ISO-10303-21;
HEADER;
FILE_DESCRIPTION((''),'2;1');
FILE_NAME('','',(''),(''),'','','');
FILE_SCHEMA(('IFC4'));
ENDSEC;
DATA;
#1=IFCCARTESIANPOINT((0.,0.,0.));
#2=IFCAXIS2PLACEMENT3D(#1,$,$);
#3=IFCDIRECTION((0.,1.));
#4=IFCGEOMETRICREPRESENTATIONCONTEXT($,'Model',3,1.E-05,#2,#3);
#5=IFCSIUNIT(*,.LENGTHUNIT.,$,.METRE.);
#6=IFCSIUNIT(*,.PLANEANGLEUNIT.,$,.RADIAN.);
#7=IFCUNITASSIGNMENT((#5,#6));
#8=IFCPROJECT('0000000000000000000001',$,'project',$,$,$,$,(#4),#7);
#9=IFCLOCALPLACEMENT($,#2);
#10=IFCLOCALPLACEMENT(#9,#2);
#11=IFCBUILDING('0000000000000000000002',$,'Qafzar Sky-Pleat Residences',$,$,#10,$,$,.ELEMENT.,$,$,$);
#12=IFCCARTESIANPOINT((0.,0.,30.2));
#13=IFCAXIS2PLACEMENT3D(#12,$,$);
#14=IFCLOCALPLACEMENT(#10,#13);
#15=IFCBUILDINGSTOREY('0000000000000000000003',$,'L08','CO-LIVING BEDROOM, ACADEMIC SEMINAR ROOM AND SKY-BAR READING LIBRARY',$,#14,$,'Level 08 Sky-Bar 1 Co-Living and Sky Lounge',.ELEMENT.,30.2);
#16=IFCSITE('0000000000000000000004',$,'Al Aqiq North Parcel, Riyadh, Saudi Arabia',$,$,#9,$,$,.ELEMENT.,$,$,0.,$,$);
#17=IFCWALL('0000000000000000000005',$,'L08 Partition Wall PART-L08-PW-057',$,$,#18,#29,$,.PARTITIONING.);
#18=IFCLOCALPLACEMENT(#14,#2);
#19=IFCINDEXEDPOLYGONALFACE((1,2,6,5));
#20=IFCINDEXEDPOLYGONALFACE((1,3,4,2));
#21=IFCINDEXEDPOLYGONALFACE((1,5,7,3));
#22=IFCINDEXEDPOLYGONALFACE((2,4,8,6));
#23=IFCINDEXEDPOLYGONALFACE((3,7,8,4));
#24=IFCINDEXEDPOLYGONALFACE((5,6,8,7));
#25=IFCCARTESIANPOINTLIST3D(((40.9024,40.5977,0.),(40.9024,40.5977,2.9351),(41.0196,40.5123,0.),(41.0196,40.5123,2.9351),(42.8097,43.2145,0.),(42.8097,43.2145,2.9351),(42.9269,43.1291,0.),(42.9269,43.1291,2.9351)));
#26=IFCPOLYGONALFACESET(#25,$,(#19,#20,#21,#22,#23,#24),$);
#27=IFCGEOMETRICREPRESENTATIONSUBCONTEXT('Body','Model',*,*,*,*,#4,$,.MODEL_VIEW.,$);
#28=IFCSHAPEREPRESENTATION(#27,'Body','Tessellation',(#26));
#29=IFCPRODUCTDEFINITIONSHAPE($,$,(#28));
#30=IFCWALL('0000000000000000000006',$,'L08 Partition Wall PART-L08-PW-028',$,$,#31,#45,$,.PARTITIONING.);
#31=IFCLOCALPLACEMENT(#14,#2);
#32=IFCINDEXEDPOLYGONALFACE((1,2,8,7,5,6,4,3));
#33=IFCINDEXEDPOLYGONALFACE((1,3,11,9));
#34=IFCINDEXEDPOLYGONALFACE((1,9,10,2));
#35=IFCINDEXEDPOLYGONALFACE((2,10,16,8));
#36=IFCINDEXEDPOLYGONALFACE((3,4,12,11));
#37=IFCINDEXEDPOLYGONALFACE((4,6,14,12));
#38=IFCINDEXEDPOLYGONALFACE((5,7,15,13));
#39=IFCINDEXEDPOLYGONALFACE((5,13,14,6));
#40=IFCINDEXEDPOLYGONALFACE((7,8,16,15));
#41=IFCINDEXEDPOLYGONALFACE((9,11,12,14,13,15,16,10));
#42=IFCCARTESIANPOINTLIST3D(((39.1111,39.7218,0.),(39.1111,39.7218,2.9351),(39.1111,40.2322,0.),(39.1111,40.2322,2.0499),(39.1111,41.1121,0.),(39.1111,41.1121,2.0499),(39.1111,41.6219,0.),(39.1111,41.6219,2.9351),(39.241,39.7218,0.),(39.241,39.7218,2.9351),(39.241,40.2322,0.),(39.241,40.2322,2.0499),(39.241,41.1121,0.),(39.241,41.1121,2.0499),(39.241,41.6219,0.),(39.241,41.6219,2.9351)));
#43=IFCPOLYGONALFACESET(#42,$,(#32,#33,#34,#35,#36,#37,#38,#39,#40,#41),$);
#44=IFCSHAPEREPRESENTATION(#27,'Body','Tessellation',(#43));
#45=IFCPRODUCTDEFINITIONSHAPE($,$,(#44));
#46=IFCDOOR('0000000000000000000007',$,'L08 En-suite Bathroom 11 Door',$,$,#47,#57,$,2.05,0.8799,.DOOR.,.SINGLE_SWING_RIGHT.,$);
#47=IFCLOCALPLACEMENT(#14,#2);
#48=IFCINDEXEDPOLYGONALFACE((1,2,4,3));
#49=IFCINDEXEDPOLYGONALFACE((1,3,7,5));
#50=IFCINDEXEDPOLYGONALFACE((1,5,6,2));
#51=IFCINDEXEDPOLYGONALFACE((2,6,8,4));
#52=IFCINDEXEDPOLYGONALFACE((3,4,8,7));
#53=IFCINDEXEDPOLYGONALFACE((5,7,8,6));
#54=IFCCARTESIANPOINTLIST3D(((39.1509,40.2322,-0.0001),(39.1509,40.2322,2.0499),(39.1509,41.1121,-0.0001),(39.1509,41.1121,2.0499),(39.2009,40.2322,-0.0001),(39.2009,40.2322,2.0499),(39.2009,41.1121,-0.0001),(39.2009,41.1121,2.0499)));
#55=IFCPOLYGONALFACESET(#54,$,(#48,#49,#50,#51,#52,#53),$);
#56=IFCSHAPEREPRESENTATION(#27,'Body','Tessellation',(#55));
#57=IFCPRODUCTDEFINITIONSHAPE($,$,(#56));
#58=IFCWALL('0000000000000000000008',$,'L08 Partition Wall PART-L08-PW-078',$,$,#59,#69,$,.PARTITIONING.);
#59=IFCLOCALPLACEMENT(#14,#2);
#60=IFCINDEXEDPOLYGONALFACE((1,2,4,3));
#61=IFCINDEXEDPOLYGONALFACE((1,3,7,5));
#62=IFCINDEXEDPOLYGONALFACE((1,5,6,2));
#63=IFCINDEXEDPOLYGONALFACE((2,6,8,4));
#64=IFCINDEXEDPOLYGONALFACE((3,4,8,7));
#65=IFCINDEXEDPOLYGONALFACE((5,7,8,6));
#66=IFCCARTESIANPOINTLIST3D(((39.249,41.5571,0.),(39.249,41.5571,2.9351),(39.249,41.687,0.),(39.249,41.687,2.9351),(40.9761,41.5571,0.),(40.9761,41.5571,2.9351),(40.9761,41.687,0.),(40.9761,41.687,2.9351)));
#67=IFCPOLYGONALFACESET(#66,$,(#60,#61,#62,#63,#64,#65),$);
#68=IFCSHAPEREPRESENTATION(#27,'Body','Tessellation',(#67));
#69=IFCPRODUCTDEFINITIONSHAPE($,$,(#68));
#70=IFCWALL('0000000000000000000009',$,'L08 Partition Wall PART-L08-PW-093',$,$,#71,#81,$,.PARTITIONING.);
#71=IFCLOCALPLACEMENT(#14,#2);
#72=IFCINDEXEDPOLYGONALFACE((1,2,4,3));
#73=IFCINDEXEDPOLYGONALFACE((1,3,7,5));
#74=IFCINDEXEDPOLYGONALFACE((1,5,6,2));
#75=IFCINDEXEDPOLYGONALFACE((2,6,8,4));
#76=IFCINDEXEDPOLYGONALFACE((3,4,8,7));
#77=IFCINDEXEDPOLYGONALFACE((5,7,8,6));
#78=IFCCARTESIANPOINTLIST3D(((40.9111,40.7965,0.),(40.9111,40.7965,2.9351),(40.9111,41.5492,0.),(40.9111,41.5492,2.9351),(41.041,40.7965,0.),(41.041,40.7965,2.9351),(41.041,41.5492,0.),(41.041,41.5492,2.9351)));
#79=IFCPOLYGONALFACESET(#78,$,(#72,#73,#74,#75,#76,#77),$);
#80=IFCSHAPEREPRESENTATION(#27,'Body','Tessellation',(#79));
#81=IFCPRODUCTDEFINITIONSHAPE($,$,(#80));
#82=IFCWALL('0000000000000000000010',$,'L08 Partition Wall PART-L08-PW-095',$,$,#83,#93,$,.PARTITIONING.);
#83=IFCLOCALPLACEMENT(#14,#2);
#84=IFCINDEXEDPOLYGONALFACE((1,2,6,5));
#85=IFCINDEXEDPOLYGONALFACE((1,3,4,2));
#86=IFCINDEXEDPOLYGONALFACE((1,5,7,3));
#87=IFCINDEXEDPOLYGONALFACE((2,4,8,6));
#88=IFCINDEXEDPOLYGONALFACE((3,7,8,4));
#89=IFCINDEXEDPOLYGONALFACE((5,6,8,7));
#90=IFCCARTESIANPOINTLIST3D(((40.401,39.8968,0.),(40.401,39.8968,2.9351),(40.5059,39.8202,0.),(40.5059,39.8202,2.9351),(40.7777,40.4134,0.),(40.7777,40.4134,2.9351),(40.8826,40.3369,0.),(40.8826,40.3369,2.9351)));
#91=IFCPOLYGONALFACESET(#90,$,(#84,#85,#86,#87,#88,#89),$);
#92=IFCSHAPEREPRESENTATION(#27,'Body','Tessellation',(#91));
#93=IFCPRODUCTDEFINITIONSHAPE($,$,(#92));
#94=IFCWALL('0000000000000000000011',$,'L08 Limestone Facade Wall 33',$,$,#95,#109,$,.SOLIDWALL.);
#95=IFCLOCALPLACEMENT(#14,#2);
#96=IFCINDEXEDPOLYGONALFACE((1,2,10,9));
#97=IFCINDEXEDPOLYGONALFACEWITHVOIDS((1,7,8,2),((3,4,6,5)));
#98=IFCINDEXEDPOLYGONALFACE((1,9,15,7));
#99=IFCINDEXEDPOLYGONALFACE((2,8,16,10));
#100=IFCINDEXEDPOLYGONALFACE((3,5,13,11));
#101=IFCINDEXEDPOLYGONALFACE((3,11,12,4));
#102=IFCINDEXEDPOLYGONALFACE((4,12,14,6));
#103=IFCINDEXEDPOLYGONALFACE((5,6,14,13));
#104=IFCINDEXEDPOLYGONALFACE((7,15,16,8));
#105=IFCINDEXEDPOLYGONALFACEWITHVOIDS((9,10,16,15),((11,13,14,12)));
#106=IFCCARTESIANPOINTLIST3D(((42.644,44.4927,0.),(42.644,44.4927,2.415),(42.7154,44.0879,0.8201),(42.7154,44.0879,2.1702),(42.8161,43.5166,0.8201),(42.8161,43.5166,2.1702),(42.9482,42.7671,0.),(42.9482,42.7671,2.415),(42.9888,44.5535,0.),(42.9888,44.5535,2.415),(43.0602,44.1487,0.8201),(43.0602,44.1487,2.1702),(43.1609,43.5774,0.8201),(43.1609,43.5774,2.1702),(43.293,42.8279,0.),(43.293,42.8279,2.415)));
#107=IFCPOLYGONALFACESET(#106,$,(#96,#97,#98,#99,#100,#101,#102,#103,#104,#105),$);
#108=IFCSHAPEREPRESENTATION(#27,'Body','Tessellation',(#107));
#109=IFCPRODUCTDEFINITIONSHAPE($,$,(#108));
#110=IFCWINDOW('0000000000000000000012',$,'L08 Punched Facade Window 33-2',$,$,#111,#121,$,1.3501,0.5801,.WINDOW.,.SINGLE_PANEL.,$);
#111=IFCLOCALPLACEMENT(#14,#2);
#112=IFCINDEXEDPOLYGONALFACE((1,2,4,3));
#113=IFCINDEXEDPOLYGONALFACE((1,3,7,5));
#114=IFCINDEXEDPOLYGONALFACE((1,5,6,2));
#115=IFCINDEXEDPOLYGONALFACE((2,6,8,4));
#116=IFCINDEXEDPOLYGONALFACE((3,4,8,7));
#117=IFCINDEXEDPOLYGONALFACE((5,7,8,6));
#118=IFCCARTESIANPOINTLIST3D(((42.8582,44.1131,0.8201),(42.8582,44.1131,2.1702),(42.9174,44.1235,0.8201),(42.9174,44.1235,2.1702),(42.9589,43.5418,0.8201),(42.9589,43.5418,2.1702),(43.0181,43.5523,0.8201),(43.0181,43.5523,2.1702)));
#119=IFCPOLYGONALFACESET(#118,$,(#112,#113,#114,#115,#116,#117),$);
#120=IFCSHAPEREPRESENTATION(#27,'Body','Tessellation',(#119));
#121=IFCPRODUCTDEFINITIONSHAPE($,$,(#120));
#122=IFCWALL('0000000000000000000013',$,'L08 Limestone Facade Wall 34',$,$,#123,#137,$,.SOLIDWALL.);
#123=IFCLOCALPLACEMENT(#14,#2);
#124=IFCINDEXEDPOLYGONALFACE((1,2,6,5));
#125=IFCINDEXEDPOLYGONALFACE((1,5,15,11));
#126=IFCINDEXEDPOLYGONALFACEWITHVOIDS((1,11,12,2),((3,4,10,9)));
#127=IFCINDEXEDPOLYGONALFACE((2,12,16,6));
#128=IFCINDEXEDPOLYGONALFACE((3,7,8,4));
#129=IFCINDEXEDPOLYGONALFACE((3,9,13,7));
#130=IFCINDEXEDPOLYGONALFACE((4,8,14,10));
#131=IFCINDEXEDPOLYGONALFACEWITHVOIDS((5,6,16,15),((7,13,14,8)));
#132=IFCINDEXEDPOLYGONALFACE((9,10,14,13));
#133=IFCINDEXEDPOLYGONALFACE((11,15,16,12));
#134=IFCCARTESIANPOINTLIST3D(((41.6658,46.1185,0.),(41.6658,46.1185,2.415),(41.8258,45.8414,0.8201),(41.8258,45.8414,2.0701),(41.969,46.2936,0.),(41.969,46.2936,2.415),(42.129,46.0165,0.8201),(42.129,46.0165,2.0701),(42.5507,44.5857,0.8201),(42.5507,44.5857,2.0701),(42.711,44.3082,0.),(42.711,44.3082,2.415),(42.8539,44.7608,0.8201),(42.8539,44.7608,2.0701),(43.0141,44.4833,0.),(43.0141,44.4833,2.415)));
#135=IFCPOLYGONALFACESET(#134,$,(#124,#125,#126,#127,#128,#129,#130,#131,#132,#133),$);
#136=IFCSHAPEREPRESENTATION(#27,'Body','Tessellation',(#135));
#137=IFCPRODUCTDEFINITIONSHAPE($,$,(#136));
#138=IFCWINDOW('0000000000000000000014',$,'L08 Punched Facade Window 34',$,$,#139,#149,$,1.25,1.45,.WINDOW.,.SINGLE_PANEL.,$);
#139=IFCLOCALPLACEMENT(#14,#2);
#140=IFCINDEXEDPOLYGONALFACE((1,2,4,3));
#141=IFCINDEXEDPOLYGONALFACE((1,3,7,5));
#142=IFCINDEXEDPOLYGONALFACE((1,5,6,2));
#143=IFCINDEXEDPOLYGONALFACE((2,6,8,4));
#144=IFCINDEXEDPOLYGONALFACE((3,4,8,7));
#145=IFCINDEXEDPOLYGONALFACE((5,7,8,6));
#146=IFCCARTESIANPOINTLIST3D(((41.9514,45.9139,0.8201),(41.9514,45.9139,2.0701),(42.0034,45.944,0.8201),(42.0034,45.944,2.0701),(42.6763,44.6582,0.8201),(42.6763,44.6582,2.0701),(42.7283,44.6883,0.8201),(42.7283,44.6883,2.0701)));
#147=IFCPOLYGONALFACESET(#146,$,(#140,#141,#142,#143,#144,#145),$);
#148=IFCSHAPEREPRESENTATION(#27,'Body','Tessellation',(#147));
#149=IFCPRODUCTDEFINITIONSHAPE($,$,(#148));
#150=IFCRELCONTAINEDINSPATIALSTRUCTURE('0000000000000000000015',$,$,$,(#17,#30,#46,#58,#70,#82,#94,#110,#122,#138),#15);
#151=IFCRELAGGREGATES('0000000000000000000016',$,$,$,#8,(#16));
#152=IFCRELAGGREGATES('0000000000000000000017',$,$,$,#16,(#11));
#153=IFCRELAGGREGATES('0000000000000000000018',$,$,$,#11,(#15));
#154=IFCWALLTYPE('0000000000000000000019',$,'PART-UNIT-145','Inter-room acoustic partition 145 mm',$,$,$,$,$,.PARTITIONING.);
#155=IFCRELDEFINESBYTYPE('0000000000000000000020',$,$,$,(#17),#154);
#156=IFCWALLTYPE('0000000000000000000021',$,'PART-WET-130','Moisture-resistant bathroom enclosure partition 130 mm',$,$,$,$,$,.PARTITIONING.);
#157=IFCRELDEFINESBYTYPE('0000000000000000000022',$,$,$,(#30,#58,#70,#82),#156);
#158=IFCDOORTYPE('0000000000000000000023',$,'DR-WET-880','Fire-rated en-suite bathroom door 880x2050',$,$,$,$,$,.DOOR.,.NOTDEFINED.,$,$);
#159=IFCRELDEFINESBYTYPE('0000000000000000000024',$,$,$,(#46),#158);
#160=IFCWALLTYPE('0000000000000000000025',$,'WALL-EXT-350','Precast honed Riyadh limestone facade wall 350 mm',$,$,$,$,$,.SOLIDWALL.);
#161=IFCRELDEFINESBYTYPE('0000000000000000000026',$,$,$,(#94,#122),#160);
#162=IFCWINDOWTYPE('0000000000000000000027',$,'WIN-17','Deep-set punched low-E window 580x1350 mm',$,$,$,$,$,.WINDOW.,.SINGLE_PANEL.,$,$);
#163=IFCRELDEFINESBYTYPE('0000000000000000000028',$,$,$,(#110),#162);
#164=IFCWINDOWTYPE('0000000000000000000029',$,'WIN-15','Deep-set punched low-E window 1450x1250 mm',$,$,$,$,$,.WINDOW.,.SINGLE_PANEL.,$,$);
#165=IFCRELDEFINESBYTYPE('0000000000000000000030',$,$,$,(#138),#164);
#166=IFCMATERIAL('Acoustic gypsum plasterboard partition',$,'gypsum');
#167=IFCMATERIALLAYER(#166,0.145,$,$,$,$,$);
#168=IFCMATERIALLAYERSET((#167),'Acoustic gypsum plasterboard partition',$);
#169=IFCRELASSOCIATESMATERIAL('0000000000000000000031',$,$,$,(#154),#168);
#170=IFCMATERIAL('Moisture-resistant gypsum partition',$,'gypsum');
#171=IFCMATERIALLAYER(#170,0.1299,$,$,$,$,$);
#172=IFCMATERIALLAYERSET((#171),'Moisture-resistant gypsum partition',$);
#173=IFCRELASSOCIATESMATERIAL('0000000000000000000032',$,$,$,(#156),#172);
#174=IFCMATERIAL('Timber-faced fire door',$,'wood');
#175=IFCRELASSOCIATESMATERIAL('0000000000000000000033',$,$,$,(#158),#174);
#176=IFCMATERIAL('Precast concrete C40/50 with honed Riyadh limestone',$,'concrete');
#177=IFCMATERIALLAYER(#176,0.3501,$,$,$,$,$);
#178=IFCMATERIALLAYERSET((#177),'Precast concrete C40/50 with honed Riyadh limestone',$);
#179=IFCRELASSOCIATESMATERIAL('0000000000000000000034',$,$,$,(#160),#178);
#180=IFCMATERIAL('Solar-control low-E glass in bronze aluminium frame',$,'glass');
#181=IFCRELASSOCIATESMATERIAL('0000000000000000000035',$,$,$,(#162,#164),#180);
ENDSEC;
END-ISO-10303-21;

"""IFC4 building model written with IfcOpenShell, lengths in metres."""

from ifc_helpers import new_model, si_unit, direction, frame, frame_2d, origin, place, context, subcontext, project, spatial, rectangle, extrude, source, transform, mapped, material, layer, layer_set, type_object, element, fill, save


model = new_model("IFC4")

# Units and contexts
model_context = context("Model", 3, precision=1e-05, world=origin(), true_north=direction((0.0, 1.0)))
body_context = subcontext(model_context, "Body", "Model", "MODEL_VIEW")
ifc_project = project(units=[si_unit("LENGTHUNIT", "METRE"), si_unit("PLANEANGLEUNIT", "RADIAN")], contexts=[model_context])

# Site, building, storey
site_placement = place(None, origin())
site = spatial("IfcSite", under=ifc_project, at=site_placement, Name="Al Aqiq North Parcel, Riyadh, Saudi Arabia", CompositionType="ELEMENT", RefElevation=0.0)
building_placement = place(site_placement, origin())
building = spatial("IfcBuilding", under=site, at=building_placement, Name="Qafzar Sky-Pleat Residences", CompositionType="ELEMENT")
storey_placement = place(building_placement, frame((0.0, 0.0, 30.2)))
storey = spatial("IfcBuildingStorey", under=building, at=storey_placement, Name="L08", Description="CO-LIVING BEDROOM, ACADEMIC SEMINAR ROOM AND SKY-BAR READING LIBRARY", LongName="Level 08 Sky-Bar 1 Co-Living and Sky Lounge", CompositionType="ELEMENT", Elevation=30.2)

# Wall
ifc_material_1 = material(Name="Acoustic gypsum plasterboard partition", Category="gypsum")
ifc_layer_1 = layer(ifc_material_1, 0.145)
ifc_layer_set_1 = layer_set([ifc_layer_1], Name="Acoustic gypsum plasterboard partition")
wall_type_1 = type_object("IfcWallType", Name="PART-UNIT-145", Description="Inter-room acoustic partition 145 mm", PredefinedType="PARTITIONING", material=ifc_layer_set_1)
wall_1_placement = place(storey_placement, frame((40.9609, 40.5549, 0.0), z_axis=(0.0, 0.0, 1.0), x_axis=(0.589014, 0.808123, 0.0)))
element("IfcWall", 1, at=wall_1_placement, inside=storey, type_object=wall_type_1, Name="L08 Partition Wall PART-L08-PW-057", PredefinedType="PARTITIONING", context=body_context, shape_type="SweptSolid", body=[
    extrude(rectangle(XDim=3.238, YDim=0.145, at=frame_2d((1.6191, 0.0))), origin(), (0.0, 0.0, 1.0), 2.9351),
])

# Wall, opening, door
ifc_material_2 = material(Name="Moisture-resistant gypsum partition", Category="gypsum")
ifc_layer_2 = layer(ifc_material_2, 0.1299)
ifc_layer_set_2 = layer_set([ifc_layer_2], Name="Moisture-resistant gypsum partition")
wall_type_2 = type_object("IfcWallType", Name="PART-WET-130", Description="Moisture-resistant bathroom enclosure partition 130 mm", PredefinedType="PARTITIONING", material=ifc_layer_set_2)
wall_2_placement = place(storey_placement, frame((39.176, 41.6221, 0.0), z_axis=(0.0, 0.0, 1.0), x_axis=(0.0, -1.0, 0.0)))
wall_2 = element("IfcWall", 2, at=wall_2_placement, inside=storey, type_object=wall_type_2, Name="L08 Partition Wall PART-L08-PW-028", PredefinedType="PARTITIONING", context=body_context, shape_type="SweptSolid", body=[
    extrude(rectangle(XDim=1.9001, YDim=0.1299, at=frame_2d((0.9502, 0.0))), origin(), (0.0, 0.0, 1.0), 2.9351),
])
opening_1_placement = place(wall_2_placement, frame((0.51, 0.0, 0.0)))
opening_1 = element("IfcOpeningElement", 3, at=opening_1_placement, cuts=wall_2, PredefinedType="OPENING", context=body_context, shape_type="SweptSolid", body=[
    extrude(rectangle(XDim=0.8799, YDim=2.05, at=frame_2d((0.4399, 1.0249))), frame((0.0, 0.075, 0.0), z_axis=(0.0, -1.0, 0.0), x_axis=(1.0, 0.0, 0.0)), (0.0, 0.0, 1.0), 0.1499),
])
ifc_material_3 = material(Name="Timber-faced fire door", Category="wood")
door_type = type_object("IfcDoorType", Name="DR-WET-880", Description="Fire-rated en-suite bathroom door 880x2050", OperationType="NOTDEFINED", PredefinedType="DOOR", material=ifc_material_3)
shared_shape_1 = source(origin(), body_context, "Body", "SweptSolid", [
    extrude(rectangle(XDim=0.8799, YDim=2.05, at=frame_2d((0.4399, 1.0249))), frame((0.0, 0.0249, 0.0), z_axis=(0.0, -1.0, 0.0), x_axis=(1.0, 0.0, 0.0)), (0.0, 0.0, 1.0), 0.05),
])
door_placement = place(opening_1_placement, origin())
door = element("IfcDoor", 4, at=door_placement, inside=storey, type_object=door_type, Name="L08 En-suite Bathroom 11 Door", OperationType="SINGLE_SWING_RIGHT", OverallHeight=2.05, OverallWidth=0.8799, PredefinedType="DOOR", context=body_context, shape_type="MappedRepresentation", body=[
    mapped(shared_shape_1, transform((0.0, 0.0, 0.0), x_axis=(1.0, 0.0, 0.0), y_axis=(0.0, 1.0, 0.0), z_axis=(0.0, 0.0, 1.0), scale=1.0)),
])
fill(opening_1, door)

# Walls
wall_3_placement = place(storey_placement, frame((39.249, 41.6221, 0.0), z_axis=(0.0, 0.0, 1.0), x_axis=(1.0, 0.0, 0.0)))
element("IfcWall", 5, at=wall_3_placement, inside=storey, type_object=wall_type_2, Name="L08 Partition Wall PART-L08-PW-078", PredefinedType="PARTITIONING", context=body_context, shape_type="SweptSolid", body=[
    extrude(rectangle(XDim=1.7271, YDim=0.1299, at=frame_2d((0.8635, 0.0))), origin(), (0.0, 0.0, 1.0), 2.9351),
])
wall_4_placement = place(storey_placement, frame((40.9761, 40.7964, 0.0), z_axis=(0.0, 0.0, 1.0), x_axis=(0.0, 1.0, 0.0)))
element("IfcWall", 6, at=wall_4_placement, inside=storey, type_object=wall_type_2, Name="L08 Partition Wall PART-L08-PW-093", PredefinedType="PARTITIONING", context=body_context, shape_type="SweptSolid", body=[
    extrude(rectangle(XDim=0.7527, YDim=0.1299, at=frame_2d((0.3765, 0.0))), origin(), (0.0, 0.0, 1.0), 2.9351),
])
wall_5_placement = place(storey_placement, frame((40.4534, 39.8584, 0.0), z_axis=(0.0, 0.0, 1.0), x_axis=(0.589193, 0.807992, 0.0)))
element("IfcWall", 7, at=wall_5_placement, inside=storey, type_object=wall_type_2, Name="L08 Partition Wall PART-L08-PW-095", PredefinedType="PARTITIONING", context=body_context, shape_type="SweptSolid", body=[
    extrude(rectangle(XDim=0.6394, YDim=0.1299, at=frame_2d((0.3198, 0.0))), origin(), (0.0, 0.0, 1.0), 2.9351),
])

# Walls, openings, windows
ifc_material_4 = material(Name="Precast concrete C40/50 with honed Riyadh limestone", Category="concrete")
ifc_layer_3 = layer(ifc_material_4, 0.3501)
ifc_layer_set_3 = layer_set([ifc_layer_3], Name="Precast concrete C40/50 with honed Riyadh limestone")
wall_type_3 = type_object("IfcWallType", Name="WALL-EXT-350", Description="Precast honed Riyadh limestone facade wall 350 mm", PredefinedType="SOLIDWALL", material=ifc_layer_set_3)
wall_6_placement = place(storey_placement, frame((43.1206, 42.7976, 0.0), z_axis=(0.0, 0.0, 1.0), x_axis=(-0.17361, 0.984814, 0.0)))
wall_6 = element("IfcWall", 8, at=wall_6_placement, inside=storey, type_object=wall_type_3, Name="L08 Limestone Facade Wall 33", PredefinedType="SOLIDWALL", context=body_context, shape_type="SweptSolid", body=[
    extrude(rectangle(XDim=1.7522, YDim=0.3501, at=frame_2d((0.876, 0.0))), origin(), (0.0, 0.0, 1.0), 2.415),
])
opening_2_placement = place(wall_6_placement, frame((0.761, 0.0, 0.8201)))
opening_2 = element("IfcOpeningElement", 9, at=opening_2_placement, cuts=wall_6, PredefinedType="OPENING", context=body_context, shape_type="SweptSolid", body=[
    extrude(rectangle(XDim=0.5801, YDim=1.3501, at=frame_2d((0.29, 0.675))), frame((0.0, 0.1851, 0.0), z_axis=(0.0, -1.0, 0.0), x_axis=(1.0, 0.0, 0.0)), (0.0, 0.0, 1.0), 0.3701),
])
ifc_material_5 = material(Name="Solar-control low-E glass in bronze aluminium frame", Category="glass")
window_type_1 = type_object("IfcWindowType", Name="WIN-17", Description="Deep-set punched low-E window 580x1350 mm", PartitioningType="SINGLE_PANEL", PredefinedType="WINDOW", material=ifc_material_5)
shared_shape_2 = source(origin(), body_context, "Body", "SweptSolid", [
    extrude(rectangle(XDim=0.5801, YDim=1.3501, at=frame_2d((0.29, 0.675))), frame((0.0, 0.03, 0.0), z_axis=(0.0, -1.0, 0.0), x_axis=(1.0, 0.0, 0.0)), (0.0, 0.0, 1.0), 0.0601),
])
window_1_placement = place(opening_2_placement, origin())
window_1 = element("IfcWindow", 10, at=window_1_placement, inside=storey, type_object=window_type_1, Name="L08 Punched Facade Window 33-2", OverallHeight=1.3501, OverallWidth=0.5801, PartitioningType="SINGLE_PANEL", PredefinedType="WINDOW", context=body_context, shape_type="MappedRepresentation", body=[
    mapped(shared_shape_2, transform((0.0, 0.0, 0.0), x_axis=(1.0, 0.0, 0.0), y_axis=(0.0, 1.0, 0.0), z_axis=(0.0, 0.0, 1.0), scale=1.0)),
])
fill(opening_2, window_1)
wall_7_placement = place(storey_placement, frame((42.8625, 44.3958, 0.0), z_axis=(0.0, 0.0, 1.0), x_axis=(-0.499995, 0.866028, 0.0)))
wall_7 = element("IfcWall", 11, at=wall_7_placement, inside=storey, type_object=wall_type_3, Name="L08 Limestone Facade Wall 34", PredefinedType="SOLIDWALL", context=body_context, shape_type="SweptSolid", body=[
    extrude(rectangle(XDim=2.0903, YDim=0.3501, at=frame_2d((1.0452, 0.0))), origin(), (0.0, 0.0, 1.0), 2.415),
])
opening_3_placement = place(wall_7_placement, frame((0.3203, 0.0, 0.8201)))
opening_3 = element("IfcOpeningElement", 12, at=opening_3_placement, cuts=wall_7, PredefinedType="OPENING", context=body_context, shape_type="SweptSolid", body=[
    extrude(rectangle(XDim=1.45, YDim=1.25, at=frame_2d((0.7251, 0.625))), frame((0.0, 0.1851, 0.0), z_axis=(0.0, -1.0, 0.0), x_axis=(1.0, 0.0, 0.0)), (0.0, 0.0, 1.0), 0.3701),
])
window_type_2 = type_object("IfcWindowType", Name="WIN-15", Description="Deep-set punched low-E window 1450x1250 mm", PartitioningType="SINGLE_PANEL", PredefinedType="WINDOW", material=ifc_material_5)
shared_shape_3 = source(origin(), body_context, "Body", "SweptSolid", [
    extrude(rectangle(XDim=1.45, YDim=1.25, at=frame_2d((0.7251, 0.625))), frame((0.0, 0.03, 0.0), z_axis=(0.0, -1.0, 0.0), x_axis=(1.0, 0.0, 0.0)), (0.0, 0.0, 1.0), 0.0601),
])
window_2_placement = place(opening_3_placement, origin())
window_2 = element("IfcWindow", 13, at=window_2_placement, inside=storey, type_object=window_type_2, Name="L08 Punched Facade Window 34", OverallHeight=1.25, OverallWidth=1.45, PartitioningType="SINGLE_PANEL", PredefinedType="WINDOW", context=body_context, shape_type="MappedRepresentation", body=[
    mapped(shared_shape_3, transform((0.0, 0.0, 0.0), x_axis=(1.0, 0.0, 0.0), y_axis=(0.0, 1.0, 0.0), z_axis=(0.0, 0.0, 1.0), scale=1.0)),
])
fill(opening_3, window_2)

save(model, "model.ifc")
